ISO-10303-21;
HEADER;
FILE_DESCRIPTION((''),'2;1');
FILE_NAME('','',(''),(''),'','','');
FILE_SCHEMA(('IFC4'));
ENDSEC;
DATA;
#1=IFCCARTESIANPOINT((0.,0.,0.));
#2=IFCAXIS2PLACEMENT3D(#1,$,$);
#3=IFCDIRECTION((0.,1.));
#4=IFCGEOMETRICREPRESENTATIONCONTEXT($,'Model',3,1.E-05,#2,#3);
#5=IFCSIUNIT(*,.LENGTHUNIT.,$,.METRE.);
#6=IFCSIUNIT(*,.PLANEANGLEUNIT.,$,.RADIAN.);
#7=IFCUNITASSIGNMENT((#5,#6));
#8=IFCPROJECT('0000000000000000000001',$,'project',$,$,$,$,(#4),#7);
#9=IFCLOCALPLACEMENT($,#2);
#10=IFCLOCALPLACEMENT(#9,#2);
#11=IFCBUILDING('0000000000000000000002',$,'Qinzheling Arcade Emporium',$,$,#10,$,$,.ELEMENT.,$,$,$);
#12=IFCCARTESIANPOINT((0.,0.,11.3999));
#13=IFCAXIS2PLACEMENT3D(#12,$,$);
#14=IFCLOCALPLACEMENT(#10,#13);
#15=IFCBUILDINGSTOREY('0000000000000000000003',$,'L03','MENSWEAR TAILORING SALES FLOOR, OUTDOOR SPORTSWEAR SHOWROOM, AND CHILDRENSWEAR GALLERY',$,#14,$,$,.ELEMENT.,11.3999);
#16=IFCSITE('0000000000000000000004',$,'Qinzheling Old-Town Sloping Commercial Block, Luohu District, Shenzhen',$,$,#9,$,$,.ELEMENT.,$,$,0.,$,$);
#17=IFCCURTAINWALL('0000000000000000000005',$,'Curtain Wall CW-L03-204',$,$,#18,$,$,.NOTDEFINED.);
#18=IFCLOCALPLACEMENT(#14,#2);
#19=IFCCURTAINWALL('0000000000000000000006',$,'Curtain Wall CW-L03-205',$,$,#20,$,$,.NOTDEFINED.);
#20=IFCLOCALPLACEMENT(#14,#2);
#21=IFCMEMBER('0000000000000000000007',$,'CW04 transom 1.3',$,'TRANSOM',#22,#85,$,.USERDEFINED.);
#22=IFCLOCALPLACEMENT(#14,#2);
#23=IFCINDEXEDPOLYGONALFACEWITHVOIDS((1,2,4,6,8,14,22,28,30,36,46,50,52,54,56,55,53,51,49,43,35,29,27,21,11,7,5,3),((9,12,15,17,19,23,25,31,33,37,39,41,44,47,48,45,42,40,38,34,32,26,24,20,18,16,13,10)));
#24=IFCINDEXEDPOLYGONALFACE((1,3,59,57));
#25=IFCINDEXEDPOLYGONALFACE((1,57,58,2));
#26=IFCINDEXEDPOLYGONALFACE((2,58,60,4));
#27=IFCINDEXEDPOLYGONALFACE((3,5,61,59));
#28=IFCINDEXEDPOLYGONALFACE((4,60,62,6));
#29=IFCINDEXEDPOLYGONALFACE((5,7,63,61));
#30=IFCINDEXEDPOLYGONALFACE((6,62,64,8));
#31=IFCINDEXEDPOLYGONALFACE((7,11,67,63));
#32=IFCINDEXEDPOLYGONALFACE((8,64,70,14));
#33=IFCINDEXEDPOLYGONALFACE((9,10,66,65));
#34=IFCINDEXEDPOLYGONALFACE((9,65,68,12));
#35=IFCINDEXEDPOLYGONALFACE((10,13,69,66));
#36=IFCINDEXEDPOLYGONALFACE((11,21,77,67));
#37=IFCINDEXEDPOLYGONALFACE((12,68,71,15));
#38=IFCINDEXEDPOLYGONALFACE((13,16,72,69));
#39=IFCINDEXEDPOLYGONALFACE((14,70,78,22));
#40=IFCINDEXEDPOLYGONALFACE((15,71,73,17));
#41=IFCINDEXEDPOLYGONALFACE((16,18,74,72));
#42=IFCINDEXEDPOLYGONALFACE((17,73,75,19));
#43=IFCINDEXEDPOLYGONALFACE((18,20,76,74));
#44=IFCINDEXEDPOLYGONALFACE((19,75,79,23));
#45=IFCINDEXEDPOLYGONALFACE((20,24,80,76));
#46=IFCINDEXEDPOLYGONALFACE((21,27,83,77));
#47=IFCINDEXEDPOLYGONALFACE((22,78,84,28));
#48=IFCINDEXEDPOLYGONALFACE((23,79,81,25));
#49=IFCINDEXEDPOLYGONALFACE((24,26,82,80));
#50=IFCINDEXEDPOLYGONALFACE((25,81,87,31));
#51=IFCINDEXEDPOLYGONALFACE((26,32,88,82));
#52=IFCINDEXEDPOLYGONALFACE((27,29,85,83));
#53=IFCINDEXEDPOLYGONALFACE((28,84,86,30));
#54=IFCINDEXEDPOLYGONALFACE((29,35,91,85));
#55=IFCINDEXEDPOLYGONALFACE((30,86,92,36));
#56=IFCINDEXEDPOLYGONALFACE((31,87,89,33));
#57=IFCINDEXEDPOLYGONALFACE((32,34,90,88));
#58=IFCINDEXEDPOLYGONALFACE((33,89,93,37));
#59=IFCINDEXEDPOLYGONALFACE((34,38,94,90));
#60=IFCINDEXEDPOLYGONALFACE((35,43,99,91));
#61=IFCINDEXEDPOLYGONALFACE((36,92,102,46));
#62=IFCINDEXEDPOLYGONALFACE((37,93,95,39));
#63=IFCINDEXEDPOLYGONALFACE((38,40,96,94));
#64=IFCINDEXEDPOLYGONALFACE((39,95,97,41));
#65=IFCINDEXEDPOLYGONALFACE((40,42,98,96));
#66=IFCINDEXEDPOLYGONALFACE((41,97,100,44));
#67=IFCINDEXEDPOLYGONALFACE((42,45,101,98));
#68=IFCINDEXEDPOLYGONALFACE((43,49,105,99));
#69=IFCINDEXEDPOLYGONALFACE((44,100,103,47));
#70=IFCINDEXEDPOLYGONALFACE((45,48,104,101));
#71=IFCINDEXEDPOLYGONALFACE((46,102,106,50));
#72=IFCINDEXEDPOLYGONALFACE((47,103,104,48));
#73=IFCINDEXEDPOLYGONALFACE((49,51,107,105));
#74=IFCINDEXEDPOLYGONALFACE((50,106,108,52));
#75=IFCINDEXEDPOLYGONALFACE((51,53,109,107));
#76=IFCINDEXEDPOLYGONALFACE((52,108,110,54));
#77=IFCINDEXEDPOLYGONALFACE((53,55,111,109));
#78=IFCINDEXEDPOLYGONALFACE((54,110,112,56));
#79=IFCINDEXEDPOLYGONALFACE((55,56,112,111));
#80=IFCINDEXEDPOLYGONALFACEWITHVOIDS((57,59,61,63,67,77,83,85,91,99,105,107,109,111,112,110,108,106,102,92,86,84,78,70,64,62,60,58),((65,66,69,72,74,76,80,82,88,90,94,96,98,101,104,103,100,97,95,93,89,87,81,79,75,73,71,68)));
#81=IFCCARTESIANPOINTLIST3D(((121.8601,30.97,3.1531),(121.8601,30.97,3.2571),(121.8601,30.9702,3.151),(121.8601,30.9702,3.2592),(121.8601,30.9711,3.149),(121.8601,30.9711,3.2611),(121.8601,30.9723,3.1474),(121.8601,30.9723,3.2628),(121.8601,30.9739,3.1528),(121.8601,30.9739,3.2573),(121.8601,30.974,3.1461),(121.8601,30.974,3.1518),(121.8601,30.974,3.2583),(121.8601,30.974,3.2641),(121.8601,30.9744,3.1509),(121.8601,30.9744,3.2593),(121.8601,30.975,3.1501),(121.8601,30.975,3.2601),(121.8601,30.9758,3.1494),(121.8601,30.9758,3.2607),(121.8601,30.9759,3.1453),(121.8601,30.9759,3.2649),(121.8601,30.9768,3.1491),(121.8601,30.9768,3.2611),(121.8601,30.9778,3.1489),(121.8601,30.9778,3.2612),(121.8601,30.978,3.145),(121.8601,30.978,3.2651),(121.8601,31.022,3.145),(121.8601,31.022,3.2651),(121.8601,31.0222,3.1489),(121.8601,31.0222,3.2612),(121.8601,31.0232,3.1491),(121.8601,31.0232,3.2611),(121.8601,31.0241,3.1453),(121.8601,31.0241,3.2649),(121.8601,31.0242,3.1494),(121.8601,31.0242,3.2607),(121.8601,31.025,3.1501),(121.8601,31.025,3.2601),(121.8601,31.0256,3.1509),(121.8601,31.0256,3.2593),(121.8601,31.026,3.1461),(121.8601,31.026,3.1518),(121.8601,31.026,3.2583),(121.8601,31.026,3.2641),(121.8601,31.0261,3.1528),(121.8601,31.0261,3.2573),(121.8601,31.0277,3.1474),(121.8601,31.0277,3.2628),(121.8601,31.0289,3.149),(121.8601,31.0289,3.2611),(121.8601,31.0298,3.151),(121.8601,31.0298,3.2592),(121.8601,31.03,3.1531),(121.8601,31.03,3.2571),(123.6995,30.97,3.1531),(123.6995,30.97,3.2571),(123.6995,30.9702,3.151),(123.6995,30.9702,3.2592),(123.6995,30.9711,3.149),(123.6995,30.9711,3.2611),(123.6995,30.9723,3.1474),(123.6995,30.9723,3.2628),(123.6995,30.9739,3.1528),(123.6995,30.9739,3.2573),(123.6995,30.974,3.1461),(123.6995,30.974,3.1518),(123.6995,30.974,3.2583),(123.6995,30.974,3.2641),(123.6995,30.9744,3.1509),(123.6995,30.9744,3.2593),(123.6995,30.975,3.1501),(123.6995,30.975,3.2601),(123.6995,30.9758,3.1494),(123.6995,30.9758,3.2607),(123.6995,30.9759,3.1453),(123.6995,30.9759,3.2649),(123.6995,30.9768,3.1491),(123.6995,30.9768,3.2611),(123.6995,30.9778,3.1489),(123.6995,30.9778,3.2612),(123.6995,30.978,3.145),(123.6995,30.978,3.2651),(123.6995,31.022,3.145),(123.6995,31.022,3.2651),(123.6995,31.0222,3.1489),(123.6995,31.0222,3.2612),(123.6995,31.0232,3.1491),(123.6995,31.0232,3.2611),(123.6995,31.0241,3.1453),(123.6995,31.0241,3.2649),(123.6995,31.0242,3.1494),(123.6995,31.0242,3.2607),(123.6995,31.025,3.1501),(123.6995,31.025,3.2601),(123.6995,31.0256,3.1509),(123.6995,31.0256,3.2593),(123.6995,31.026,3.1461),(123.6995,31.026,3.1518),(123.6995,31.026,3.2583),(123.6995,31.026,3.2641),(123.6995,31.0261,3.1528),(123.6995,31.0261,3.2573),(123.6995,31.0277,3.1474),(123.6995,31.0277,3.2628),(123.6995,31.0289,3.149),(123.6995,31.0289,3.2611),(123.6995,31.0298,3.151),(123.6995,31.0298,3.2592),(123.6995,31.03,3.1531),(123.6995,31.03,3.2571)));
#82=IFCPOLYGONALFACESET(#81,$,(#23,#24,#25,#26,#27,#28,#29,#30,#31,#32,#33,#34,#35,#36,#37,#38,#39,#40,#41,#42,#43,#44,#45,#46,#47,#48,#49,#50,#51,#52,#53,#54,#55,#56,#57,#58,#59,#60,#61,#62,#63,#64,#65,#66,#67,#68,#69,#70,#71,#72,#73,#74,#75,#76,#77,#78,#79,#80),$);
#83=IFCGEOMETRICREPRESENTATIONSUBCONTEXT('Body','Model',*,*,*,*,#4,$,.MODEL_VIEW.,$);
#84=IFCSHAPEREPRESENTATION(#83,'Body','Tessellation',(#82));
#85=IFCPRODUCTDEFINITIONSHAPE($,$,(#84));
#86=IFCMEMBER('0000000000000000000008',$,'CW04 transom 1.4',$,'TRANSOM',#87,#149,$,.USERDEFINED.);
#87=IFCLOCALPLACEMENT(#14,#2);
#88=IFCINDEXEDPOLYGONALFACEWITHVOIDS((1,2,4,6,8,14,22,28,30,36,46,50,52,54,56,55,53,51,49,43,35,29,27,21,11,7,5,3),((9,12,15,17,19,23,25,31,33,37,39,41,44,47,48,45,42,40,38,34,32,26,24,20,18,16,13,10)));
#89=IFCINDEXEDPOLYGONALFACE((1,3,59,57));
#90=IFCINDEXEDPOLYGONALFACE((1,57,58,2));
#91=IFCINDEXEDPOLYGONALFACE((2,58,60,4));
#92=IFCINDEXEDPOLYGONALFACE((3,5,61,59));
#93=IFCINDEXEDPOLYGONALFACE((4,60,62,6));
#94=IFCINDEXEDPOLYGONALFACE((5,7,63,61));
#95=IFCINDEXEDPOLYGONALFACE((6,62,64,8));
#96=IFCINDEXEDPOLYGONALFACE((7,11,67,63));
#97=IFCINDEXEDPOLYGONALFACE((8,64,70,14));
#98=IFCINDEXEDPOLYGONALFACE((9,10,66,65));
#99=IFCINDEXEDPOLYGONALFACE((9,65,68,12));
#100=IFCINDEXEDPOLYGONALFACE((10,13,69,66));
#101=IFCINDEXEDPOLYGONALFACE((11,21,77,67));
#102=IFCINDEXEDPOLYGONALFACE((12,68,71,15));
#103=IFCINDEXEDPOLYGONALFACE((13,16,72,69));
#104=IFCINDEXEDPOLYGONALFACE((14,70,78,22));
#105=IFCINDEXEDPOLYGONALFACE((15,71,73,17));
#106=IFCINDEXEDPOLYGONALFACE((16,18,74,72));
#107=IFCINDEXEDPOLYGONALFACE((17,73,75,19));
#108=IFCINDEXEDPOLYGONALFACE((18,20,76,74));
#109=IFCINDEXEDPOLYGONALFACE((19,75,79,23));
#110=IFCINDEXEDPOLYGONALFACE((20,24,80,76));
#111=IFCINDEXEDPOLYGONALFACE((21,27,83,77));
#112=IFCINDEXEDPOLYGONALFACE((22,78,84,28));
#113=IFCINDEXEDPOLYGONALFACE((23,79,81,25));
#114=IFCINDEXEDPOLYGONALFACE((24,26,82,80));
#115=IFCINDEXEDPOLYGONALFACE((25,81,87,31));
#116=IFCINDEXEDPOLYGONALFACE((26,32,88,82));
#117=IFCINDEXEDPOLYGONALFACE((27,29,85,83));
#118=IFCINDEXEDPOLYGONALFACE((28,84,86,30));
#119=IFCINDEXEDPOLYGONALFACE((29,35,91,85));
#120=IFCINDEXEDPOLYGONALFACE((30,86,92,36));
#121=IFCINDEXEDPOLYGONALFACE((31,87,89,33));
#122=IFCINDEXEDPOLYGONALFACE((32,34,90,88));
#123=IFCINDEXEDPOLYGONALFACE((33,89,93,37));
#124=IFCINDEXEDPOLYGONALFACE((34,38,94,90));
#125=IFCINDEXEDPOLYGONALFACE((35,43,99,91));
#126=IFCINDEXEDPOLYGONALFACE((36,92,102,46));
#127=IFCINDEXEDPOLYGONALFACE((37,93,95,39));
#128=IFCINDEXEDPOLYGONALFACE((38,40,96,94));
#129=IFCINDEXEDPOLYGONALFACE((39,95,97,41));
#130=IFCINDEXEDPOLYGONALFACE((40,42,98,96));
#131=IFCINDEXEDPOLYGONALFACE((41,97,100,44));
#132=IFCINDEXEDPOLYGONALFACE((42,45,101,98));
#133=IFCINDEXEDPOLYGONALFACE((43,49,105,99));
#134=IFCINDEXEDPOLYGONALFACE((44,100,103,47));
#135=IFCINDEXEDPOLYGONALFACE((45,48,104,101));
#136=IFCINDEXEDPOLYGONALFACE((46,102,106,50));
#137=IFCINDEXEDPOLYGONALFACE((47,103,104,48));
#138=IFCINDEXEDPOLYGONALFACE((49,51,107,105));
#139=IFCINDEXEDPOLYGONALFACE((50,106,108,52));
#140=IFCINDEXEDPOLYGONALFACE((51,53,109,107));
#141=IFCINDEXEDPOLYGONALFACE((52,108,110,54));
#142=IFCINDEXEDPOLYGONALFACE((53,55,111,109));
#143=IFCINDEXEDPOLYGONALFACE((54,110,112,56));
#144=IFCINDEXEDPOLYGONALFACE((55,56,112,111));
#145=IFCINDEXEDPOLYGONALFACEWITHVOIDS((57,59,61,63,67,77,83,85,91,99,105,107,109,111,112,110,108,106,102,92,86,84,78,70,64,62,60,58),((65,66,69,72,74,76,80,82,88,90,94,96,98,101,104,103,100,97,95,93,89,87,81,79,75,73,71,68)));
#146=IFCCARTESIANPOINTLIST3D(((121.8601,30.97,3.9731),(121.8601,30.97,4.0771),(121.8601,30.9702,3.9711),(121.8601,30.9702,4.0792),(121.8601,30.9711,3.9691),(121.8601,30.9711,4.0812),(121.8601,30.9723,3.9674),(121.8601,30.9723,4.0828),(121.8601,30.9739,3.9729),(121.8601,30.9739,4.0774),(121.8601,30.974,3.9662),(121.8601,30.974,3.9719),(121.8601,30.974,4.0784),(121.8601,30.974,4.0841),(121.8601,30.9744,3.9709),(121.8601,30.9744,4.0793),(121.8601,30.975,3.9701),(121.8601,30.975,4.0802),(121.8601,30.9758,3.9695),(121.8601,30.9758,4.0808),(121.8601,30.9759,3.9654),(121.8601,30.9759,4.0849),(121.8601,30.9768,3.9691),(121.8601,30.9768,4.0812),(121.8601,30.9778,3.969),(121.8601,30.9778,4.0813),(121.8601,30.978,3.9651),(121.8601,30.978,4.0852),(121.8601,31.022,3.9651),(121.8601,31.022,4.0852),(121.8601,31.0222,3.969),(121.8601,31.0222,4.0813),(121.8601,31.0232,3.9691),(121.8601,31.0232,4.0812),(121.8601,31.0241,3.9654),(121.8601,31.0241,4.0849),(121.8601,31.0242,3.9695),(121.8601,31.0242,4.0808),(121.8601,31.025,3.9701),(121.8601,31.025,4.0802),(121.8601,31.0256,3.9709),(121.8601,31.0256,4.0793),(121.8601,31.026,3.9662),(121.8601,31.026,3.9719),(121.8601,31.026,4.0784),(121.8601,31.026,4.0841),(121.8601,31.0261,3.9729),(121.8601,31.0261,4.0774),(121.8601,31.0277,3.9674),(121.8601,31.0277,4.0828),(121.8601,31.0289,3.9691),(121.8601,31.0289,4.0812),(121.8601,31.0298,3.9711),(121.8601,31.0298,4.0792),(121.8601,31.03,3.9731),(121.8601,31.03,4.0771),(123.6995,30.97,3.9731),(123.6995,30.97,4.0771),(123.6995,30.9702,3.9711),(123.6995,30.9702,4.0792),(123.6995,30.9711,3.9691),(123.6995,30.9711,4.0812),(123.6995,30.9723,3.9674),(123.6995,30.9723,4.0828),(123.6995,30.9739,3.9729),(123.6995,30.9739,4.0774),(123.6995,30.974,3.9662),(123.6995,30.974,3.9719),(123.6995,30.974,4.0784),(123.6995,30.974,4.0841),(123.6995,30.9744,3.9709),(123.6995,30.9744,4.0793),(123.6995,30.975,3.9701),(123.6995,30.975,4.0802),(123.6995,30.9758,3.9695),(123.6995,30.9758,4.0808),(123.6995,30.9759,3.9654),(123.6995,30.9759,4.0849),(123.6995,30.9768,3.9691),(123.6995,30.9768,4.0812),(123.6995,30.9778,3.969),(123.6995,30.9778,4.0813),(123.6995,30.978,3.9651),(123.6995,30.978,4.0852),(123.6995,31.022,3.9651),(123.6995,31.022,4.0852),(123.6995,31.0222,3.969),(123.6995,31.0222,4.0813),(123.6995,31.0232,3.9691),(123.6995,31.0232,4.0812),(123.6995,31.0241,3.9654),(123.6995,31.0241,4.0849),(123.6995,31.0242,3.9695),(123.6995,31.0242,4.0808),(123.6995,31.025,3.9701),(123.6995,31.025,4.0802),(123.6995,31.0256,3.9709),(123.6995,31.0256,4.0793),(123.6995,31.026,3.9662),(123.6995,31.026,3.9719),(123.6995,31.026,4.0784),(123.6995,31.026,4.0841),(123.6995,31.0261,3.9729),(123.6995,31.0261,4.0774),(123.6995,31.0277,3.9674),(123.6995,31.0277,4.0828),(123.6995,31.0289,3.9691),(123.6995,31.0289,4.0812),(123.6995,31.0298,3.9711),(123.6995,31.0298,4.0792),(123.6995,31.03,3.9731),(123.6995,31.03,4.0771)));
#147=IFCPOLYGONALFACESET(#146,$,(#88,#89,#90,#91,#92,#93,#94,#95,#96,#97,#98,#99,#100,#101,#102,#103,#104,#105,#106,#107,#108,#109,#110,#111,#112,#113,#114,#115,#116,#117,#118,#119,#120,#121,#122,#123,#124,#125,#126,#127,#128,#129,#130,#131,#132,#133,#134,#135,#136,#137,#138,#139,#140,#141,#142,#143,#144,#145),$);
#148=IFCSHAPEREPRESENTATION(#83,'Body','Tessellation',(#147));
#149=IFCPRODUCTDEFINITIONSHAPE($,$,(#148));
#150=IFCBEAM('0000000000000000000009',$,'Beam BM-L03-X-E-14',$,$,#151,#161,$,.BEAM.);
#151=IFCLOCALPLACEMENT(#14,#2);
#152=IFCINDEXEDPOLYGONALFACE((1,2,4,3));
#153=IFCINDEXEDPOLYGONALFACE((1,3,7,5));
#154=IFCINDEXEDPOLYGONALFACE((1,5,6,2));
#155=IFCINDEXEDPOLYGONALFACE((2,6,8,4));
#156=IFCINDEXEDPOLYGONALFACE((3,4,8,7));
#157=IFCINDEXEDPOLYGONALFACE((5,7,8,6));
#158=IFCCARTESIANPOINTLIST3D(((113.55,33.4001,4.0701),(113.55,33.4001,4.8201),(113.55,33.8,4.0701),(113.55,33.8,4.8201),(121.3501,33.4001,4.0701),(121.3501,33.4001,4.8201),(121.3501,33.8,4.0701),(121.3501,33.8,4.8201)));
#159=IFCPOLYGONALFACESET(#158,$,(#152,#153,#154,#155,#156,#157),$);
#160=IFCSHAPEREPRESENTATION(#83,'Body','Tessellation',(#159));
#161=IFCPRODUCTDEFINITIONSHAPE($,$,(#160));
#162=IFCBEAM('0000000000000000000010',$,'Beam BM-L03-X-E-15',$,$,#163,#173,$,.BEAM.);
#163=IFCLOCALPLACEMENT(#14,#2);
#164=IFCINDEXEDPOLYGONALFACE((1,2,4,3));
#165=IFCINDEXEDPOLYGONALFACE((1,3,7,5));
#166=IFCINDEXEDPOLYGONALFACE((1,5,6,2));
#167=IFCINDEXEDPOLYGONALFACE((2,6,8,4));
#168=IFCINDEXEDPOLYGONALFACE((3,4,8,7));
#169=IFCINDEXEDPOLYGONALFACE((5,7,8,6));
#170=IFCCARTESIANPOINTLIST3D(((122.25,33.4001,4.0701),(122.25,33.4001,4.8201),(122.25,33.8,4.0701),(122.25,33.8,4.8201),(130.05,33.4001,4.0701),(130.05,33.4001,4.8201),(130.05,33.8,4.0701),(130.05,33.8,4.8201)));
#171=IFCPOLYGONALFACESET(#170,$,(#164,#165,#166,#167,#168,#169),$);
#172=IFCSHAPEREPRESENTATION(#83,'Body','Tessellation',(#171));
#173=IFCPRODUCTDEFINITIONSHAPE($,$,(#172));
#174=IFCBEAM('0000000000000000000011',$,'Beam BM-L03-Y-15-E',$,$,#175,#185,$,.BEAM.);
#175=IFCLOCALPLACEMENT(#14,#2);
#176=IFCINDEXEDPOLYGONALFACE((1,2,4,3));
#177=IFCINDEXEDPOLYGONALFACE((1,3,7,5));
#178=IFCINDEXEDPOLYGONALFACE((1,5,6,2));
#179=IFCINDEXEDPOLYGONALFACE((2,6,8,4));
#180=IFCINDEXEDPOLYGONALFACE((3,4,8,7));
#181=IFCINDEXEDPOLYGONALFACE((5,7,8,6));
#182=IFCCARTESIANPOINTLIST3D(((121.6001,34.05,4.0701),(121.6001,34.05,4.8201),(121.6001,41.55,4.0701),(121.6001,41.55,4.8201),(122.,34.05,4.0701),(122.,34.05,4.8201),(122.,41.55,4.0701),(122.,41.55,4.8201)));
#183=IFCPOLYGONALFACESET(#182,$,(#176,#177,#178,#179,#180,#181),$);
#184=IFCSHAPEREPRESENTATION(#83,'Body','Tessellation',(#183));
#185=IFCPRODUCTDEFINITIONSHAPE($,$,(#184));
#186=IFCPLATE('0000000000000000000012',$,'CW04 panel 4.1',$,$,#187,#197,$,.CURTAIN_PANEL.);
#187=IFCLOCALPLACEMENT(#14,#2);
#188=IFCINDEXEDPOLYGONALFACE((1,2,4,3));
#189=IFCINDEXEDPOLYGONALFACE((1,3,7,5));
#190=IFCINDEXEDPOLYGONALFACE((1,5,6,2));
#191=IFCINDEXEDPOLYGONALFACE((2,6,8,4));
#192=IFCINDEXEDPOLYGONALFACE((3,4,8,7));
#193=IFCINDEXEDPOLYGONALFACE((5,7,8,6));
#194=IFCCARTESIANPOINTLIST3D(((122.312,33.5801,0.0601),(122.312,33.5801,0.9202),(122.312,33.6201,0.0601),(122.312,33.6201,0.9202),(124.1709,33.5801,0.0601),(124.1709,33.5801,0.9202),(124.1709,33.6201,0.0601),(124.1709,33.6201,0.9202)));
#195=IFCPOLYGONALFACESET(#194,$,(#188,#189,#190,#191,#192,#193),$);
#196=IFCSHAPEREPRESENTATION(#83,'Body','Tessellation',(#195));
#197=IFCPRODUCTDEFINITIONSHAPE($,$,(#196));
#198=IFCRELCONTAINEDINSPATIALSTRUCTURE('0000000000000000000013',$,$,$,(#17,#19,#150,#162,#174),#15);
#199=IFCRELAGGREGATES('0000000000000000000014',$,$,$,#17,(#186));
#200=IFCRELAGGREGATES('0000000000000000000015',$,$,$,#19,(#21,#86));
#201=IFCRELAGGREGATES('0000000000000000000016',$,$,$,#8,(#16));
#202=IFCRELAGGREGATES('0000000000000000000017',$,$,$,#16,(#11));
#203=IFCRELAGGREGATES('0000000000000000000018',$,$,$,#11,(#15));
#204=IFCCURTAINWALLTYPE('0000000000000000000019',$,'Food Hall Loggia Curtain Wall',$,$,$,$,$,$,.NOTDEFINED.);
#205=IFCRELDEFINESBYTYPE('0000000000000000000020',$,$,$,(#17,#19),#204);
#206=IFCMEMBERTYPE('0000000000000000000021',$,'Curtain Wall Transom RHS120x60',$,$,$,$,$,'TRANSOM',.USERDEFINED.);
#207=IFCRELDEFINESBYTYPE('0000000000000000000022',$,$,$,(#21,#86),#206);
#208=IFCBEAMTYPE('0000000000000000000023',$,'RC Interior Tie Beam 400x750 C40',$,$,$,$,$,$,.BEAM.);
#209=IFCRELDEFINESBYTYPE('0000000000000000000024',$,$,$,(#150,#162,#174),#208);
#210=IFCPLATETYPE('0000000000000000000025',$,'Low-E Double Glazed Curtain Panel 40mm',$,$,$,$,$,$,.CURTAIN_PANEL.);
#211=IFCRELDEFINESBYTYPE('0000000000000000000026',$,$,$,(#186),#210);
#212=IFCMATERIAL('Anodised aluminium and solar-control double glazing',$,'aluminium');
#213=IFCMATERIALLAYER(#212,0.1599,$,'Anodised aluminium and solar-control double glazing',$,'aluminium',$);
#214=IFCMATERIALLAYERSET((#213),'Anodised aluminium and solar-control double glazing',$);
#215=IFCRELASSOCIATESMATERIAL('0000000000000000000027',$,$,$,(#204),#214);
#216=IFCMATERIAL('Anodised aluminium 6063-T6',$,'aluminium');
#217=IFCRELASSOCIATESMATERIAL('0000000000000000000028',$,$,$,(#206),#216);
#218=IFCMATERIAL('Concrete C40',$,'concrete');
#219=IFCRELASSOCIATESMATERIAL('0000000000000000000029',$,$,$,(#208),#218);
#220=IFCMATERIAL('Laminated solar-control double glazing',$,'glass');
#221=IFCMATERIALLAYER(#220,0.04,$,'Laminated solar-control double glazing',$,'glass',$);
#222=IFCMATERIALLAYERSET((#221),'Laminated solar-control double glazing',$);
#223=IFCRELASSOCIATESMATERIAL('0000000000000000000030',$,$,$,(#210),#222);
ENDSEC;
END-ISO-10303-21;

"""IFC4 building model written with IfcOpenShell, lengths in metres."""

from ifc_helpers import new_model, si_unit, direction, frame, origin, origin_2d, place, context, subcontext, project, spatial, rectangle, hollow_rectangle, extrude, material, layer, layer_set, material_profile, profile_set, type_object, element, aggregate, save


model = new_model("IFC4")

# Units and contexts
model_context = context("Model", 3, precision=1e-05, world=origin(), true_north=direction((0.0, 1.0)))
body_context = subcontext(model_context, "Body", "Model", "MODEL_VIEW")
ifc_project = project(units=[si_unit("LENGTHUNIT", "METRE"), si_unit("PLANEANGLEUNIT", "RADIAN")], contexts=[model_context])

# Site, building, storey
site_placement = place(None, origin())
site = spatial("IfcSite", under=ifc_project, at=site_placement, Name="Qinzheling Old-Town Sloping Commercial Block, Luohu District, Shenzhen", CompositionType="ELEMENT", RefElevation=0.0)
building_placement = place(site_placement, origin())
building = spatial("IfcBuilding", under=site, at=building_placement, Name="Qinzheling Arcade Emporium", CompositionType="ELEMENT")
storey_placement = place(building_placement, frame((0.0, 0.0, 11.3999)))
storey = spatial("IfcBuildingStorey", under=building, at=storey_placement, Name="L03", Description="MENSWEAR TAILORING SALES FLOOR, OUTDOOR SPORTSWEAR SHOWROOM, AND CHILDRENSWEAR GALLERY", CompositionType="ELEMENT", Elevation=11.3999)

# Curtain wall
ifc_material_1 = material(Name="Anodised aluminium and solar-control double glazing", Category="aluminium")
ifc_layer_1 = layer(ifc_material_1, 0.1599, Name="Anodised aluminium and solar-control double glazing", Category="aluminium")
ifc_layer_set_1 = layer_set([ifc_layer_1], Name="Anodised aluminium and solar-control double glazing")
curtain_wall_type = type_object("IfcCurtainWallType", Name="Food Hall Loggia Curtain Wall", PredefinedType="NOTDEFINED", material=ifc_layer_set_1)
curtain_wall_1_placement = place(storey_placement, origin())
curtain_wall_1 = element("IfcCurtainWall", 1, at=curtain_wall_1_placement, inside=storey, type_object=curtain_wall_type, Name="Curtain Wall CW-L03-204", PredefinedType="NOTDEFINED")
ifc_material_2 = material(Name="Anodised aluminium 6063-T6", Category="aluminium")

# Curtain wall, members
curtain_wall_2_placement = place(storey_placement, origin())
curtain_wall_2 = element("IfcCurtainWall", 2, at=curtain_wall_2_placement, inside=storey, type_object=curtain_wall_type, Name="Curtain Wall CW-L03-205", PredefinedType="NOTDEFINED")
ifc_material_profile_1 = material_profile(ifc_material_2, hollow_rectangle(XDim=0.0601, YDim=0.1201, WallThickness=0.0039, InnerFilletRadius=0.0039, OuterFilletRadius=0.0081, at=origin_2d()), Name="RHS 120x60x4", Category="aluminium")
ifc_profile_set_1 = profile_set([ifc_material_profile_1], Name="Anodised aluminium 6063-T6")
member_type_1 = type_object("IfcMemberType", Name="Curtain Wall Transom RHS120x60", ElementType="TRANSOM", PredefinedType="USERDEFINED", material=ifc_profile_set_1)
member_1_placement = place(storey_placement, frame((121.8601, 31.0, 3.2051), z_axis=(1.0, 0.0, 0.0), x_axis=(0.0, 1.0, 0.0)))
member_1 = element("IfcMember", 3, at=member_1_placement, type_object=member_type_1, Name="CW04 transom 1.3", ObjectType="TRANSOM", PredefinedType="USERDEFINED", context=body_context, shape_type="SweptSolid", body=[
    extrude(hollow_rectangle(XDim=0.0601, YDim=0.1201, WallThickness=0.0039, InnerFilletRadius=0.0039, OuterFilletRadius=0.0081, at=origin_2d()), origin(), (0.0, 0.0, 1.0), 1.8394),
])
member_2_placement = place(storey_placement, frame((121.8601, 31.0, 4.0251), z_axis=(1.0, 0.0, 0.0), x_axis=(0.0, 1.0, 0.0)))
member_2 = element("IfcMember", 4, at=member_2_placement, type_object=member_type_1, Name="CW04 transom 1.4", ObjectType="TRANSOM", PredefinedType="USERDEFINED", context=body_context, shape_type="SweptSolid", body=[
    extrude(hollow_rectangle(XDim=0.0601, YDim=0.1201, WallThickness=0.0039, InnerFilletRadius=0.0039, OuterFilletRadius=0.0081, at=origin_2d()), origin(), (0.0, 0.0, 1.0), 1.8394),
])

# Beams
ifc_material_3 = material(Name="Concrete C40", Category="concrete")
ifc_material_profile_2 = material_profile(ifc_material_3, rectangle(XDim=0.3999, YDim=0.75, at=origin_2d()), Name="RC 400x750", Category="concrete")
ifc_profile_set_2 = profile_set([ifc_material_profile_2], Name="Concrete C40")
beam_type = type_object("IfcBeamType", Name="RC Interior Tie Beam 400x750 C40", PredefinedType="BEAM", material=ifc_profile_set_2)
for number, where, z_axis, x_axis, name in (
    (5, (113.55, 33.6001, 4.4451), (1.0, 0.0, 0.0), (0.0, 1.0, 0.0), "Beam BM-L03-X-E-14"),
    (6, (122.25, 33.6001, 4.4451), (1.0, 0.0, 0.0), (0.0, 1.0, 0.0), "Beam BM-L03-X-E-15"),
):
    element("IfcBeam", number, at=place(storey_placement, frame(where, z_axis=z_axis, x_axis=x_axis)), inside=storey, type_object=beam_type, Name=name, PredefinedType="BEAM", context=body_context, shape_type="SweptSolid", body=[
        extrude(rectangle(XDim=0.3999, YDim=0.75, at=origin_2d()), origin(), (0.0, 0.0, 1.0), 7.8),
    ])
beam_placement = place(storey_placement, frame((121.8, 34.05, 4.4451), z_axis=(0.0, 1.0, 0.0), x_axis=(-1.0, 0.0, 0.0)))
element("IfcBeam", 7, at=beam_placement, inside=storey, type_object=beam_type, Name="Beam BM-L03-Y-15-E", PredefinedType="BEAM", context=body_context, shape_type="SweptSolid", body=[
    extrude(rectangle(XDim=0.3999, YDim=0.75, at=origin_2d()), origin(), (0.0, 0.0, 1.0), 7.5),
])

# Plate
ifc_material_4 = material(Name="Laminated solar-control double glazing", Category="glass")
ifc_layer_2 = layer(ifc_material_4, 0.04, Name="Laminated solar-control double glazing", Category="glass")
ifc_layer_set_2 = layer_set([ifc_layer_2], Name="Laminated solar-control double glazing")
plate_type_1 = type_object("IfcPlateType", Name="Low-E Double Glazed Curtain Panel 40mm", PredefinedType="CURTAIN_PANEL", material=ifc_layer_set_2)
plate_1_placement = place(storey_placement, frame((123.2415, 33.6001, 0.0601), z_axis=(0.0, 0.0, 1.0), x_axis=(-1.0, 0.0, 0.0)))
plate_1 = element("IfcPlate", 8, at=plate_1_placement, type_object=plate_type_1, Name="CW04 panel 4.1", PredefinedType="CURTAIN_PANEL", context=body_context, shape_type="SweptSolid", body=[
    extrude(rectangle(XDim=1.8589, YDim=0.04, at=origin_2d()), origin(), (0.0, 0.0, 1.0), 0.8601),
])
aggregate(curtain_wall_1, [plate_1])
aggregate(curtain_wall_2, [member_1, member_2])

save(model, "model.ifc")
